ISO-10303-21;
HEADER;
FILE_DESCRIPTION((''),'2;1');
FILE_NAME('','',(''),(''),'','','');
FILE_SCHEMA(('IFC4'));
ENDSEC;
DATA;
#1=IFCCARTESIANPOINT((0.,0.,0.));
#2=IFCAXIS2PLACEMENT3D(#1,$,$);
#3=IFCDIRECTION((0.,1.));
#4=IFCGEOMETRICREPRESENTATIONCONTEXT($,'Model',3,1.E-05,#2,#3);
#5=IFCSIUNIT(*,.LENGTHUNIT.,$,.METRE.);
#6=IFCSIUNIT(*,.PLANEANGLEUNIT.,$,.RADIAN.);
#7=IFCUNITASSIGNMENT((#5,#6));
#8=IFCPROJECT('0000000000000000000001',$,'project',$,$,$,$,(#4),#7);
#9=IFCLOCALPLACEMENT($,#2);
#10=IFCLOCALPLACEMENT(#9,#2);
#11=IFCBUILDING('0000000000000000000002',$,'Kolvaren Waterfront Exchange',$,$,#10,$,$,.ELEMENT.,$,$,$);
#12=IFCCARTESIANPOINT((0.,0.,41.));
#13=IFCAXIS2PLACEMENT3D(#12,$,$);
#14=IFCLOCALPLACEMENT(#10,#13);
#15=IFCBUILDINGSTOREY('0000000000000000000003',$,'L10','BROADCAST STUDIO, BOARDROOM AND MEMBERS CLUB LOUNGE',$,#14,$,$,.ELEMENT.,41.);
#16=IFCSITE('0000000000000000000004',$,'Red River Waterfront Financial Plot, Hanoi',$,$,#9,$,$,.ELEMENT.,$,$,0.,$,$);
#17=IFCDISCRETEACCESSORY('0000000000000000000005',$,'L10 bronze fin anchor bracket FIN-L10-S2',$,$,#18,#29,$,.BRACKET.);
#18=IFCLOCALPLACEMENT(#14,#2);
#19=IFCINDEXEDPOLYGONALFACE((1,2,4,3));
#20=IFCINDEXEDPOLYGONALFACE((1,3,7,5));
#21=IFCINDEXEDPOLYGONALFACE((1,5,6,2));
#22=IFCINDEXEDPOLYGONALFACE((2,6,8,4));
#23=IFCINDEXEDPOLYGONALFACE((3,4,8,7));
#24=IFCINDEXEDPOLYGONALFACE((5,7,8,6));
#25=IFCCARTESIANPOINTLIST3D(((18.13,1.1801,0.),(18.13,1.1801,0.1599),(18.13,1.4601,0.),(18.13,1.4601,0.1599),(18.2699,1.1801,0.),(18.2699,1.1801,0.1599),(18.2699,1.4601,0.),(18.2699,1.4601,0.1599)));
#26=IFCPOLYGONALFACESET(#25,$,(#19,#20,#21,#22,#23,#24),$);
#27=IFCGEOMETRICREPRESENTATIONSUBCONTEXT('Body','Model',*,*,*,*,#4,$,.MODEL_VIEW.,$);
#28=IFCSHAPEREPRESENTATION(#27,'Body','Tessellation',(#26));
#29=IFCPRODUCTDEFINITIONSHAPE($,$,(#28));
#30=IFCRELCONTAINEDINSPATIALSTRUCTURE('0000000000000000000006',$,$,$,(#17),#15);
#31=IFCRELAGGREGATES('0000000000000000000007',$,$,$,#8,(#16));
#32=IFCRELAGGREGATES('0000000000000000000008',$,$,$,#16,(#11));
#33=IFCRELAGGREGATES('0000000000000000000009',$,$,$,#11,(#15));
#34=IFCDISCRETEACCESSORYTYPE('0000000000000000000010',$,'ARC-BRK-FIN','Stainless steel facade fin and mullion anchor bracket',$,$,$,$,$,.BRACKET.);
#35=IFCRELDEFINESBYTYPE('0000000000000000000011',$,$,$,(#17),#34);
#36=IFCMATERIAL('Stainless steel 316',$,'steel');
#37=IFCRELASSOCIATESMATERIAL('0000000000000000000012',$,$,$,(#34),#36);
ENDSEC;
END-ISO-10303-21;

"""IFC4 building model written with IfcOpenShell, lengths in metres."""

from ifc_helpers import new_model, si_unit, direction, frame, origin, origin_with_axes, origin_2d, place, context, subcontext, project, spatial, rectangle, extrude, source, transform, mapped, material, type_object, element, save


model = new_model("IFC4")

# Units and contexts
model_context = context("Model", 3, precision=1e-05, world=origin(), true_north=direction((0.0, 1.0)))
body_context = subcontext(model_context, "Body", "Model", "MODEL_VIEW")
ifc_project = project(units=[si_unit("LENGTHUNIT", "METRE"), si_unit("PLANEANGLEUNIT", "RADIAN")], contexts=[model_context])

# Site, building, storey
site_placement = place(None, origin())
site = spatial("IfcSite", under=ifc_project, at=site_placement, Name="Red River Waterfront Financial Plot, Hanoi", CompositionType="ELEMENT", RefElevation=0.0)
building_placement = place(site_placement, origin())
building = spatial("IfcBuilding", under=site, at=building_placement, Name="Kolvaren Waterfront Exchange", CompositionType="ELEMENT")
storey_placement = place(building_placement, frame((0.0, 0.0, 41.0)))
storey = spatial("IfcBuildingStorey", under=building, at=storey_placement, Name="L10", Description="BROADCAST STUDIO, BOARDROOM AND MEMBERS CLUB LOUNGE", CompositionType="ELEMENT", Elevation=41.0)

# Shared definitions
ifc_material_1 = material(Name="Stainless steel 316", Category="steel")

# Discrete accessory
discrete_accessory_type = type_object("IfcDiscreteAccessoryType", Name="ARC-BRK-FIN", Description="Stainless steel facade fin and mullion anchor bracket", PredefinedType="BRACKET", material=ifc_material_1)
shared_shape_1 = source(origin_with_axes(), body_context, "Body", "SweptSolid", [
    extrude(rectangle(XDim=0.28, YDim=0.1399, at=origin_2d()), origin(), (0.0, 0.0, 1.0), 0.1599),
])
for number, where, z_axis, x_axis, name in (
    (1, (18.2, 1.3201, 0.0), (0.0, 0.0, 1.0), (0.0, -1.0, 0.0), "L10 bronze fin anchor bracket FIN-L10-S2"),
):
    element("IfcDiscreteAccessory", number, at=place(storey_placement, frame(where, z_axis=z_axis, x_axis=x_axis)), inside=storey, type_object=discrete_accessory_type, Name=name, PredefinedType="BRACKET", context=body_context, shape_type="MappedRepresentation", body=[
        mapped(shared_shape_1, transform((0.0, 0.0, 0.0), x_axis=(1.0, 0.0, 0.0), y_axis=(0.0, 1.0, 0.0), z_axis=(0.0, 0.0, 1.0), scale=1.0)),
    ])

save(model, "model.ifc")
